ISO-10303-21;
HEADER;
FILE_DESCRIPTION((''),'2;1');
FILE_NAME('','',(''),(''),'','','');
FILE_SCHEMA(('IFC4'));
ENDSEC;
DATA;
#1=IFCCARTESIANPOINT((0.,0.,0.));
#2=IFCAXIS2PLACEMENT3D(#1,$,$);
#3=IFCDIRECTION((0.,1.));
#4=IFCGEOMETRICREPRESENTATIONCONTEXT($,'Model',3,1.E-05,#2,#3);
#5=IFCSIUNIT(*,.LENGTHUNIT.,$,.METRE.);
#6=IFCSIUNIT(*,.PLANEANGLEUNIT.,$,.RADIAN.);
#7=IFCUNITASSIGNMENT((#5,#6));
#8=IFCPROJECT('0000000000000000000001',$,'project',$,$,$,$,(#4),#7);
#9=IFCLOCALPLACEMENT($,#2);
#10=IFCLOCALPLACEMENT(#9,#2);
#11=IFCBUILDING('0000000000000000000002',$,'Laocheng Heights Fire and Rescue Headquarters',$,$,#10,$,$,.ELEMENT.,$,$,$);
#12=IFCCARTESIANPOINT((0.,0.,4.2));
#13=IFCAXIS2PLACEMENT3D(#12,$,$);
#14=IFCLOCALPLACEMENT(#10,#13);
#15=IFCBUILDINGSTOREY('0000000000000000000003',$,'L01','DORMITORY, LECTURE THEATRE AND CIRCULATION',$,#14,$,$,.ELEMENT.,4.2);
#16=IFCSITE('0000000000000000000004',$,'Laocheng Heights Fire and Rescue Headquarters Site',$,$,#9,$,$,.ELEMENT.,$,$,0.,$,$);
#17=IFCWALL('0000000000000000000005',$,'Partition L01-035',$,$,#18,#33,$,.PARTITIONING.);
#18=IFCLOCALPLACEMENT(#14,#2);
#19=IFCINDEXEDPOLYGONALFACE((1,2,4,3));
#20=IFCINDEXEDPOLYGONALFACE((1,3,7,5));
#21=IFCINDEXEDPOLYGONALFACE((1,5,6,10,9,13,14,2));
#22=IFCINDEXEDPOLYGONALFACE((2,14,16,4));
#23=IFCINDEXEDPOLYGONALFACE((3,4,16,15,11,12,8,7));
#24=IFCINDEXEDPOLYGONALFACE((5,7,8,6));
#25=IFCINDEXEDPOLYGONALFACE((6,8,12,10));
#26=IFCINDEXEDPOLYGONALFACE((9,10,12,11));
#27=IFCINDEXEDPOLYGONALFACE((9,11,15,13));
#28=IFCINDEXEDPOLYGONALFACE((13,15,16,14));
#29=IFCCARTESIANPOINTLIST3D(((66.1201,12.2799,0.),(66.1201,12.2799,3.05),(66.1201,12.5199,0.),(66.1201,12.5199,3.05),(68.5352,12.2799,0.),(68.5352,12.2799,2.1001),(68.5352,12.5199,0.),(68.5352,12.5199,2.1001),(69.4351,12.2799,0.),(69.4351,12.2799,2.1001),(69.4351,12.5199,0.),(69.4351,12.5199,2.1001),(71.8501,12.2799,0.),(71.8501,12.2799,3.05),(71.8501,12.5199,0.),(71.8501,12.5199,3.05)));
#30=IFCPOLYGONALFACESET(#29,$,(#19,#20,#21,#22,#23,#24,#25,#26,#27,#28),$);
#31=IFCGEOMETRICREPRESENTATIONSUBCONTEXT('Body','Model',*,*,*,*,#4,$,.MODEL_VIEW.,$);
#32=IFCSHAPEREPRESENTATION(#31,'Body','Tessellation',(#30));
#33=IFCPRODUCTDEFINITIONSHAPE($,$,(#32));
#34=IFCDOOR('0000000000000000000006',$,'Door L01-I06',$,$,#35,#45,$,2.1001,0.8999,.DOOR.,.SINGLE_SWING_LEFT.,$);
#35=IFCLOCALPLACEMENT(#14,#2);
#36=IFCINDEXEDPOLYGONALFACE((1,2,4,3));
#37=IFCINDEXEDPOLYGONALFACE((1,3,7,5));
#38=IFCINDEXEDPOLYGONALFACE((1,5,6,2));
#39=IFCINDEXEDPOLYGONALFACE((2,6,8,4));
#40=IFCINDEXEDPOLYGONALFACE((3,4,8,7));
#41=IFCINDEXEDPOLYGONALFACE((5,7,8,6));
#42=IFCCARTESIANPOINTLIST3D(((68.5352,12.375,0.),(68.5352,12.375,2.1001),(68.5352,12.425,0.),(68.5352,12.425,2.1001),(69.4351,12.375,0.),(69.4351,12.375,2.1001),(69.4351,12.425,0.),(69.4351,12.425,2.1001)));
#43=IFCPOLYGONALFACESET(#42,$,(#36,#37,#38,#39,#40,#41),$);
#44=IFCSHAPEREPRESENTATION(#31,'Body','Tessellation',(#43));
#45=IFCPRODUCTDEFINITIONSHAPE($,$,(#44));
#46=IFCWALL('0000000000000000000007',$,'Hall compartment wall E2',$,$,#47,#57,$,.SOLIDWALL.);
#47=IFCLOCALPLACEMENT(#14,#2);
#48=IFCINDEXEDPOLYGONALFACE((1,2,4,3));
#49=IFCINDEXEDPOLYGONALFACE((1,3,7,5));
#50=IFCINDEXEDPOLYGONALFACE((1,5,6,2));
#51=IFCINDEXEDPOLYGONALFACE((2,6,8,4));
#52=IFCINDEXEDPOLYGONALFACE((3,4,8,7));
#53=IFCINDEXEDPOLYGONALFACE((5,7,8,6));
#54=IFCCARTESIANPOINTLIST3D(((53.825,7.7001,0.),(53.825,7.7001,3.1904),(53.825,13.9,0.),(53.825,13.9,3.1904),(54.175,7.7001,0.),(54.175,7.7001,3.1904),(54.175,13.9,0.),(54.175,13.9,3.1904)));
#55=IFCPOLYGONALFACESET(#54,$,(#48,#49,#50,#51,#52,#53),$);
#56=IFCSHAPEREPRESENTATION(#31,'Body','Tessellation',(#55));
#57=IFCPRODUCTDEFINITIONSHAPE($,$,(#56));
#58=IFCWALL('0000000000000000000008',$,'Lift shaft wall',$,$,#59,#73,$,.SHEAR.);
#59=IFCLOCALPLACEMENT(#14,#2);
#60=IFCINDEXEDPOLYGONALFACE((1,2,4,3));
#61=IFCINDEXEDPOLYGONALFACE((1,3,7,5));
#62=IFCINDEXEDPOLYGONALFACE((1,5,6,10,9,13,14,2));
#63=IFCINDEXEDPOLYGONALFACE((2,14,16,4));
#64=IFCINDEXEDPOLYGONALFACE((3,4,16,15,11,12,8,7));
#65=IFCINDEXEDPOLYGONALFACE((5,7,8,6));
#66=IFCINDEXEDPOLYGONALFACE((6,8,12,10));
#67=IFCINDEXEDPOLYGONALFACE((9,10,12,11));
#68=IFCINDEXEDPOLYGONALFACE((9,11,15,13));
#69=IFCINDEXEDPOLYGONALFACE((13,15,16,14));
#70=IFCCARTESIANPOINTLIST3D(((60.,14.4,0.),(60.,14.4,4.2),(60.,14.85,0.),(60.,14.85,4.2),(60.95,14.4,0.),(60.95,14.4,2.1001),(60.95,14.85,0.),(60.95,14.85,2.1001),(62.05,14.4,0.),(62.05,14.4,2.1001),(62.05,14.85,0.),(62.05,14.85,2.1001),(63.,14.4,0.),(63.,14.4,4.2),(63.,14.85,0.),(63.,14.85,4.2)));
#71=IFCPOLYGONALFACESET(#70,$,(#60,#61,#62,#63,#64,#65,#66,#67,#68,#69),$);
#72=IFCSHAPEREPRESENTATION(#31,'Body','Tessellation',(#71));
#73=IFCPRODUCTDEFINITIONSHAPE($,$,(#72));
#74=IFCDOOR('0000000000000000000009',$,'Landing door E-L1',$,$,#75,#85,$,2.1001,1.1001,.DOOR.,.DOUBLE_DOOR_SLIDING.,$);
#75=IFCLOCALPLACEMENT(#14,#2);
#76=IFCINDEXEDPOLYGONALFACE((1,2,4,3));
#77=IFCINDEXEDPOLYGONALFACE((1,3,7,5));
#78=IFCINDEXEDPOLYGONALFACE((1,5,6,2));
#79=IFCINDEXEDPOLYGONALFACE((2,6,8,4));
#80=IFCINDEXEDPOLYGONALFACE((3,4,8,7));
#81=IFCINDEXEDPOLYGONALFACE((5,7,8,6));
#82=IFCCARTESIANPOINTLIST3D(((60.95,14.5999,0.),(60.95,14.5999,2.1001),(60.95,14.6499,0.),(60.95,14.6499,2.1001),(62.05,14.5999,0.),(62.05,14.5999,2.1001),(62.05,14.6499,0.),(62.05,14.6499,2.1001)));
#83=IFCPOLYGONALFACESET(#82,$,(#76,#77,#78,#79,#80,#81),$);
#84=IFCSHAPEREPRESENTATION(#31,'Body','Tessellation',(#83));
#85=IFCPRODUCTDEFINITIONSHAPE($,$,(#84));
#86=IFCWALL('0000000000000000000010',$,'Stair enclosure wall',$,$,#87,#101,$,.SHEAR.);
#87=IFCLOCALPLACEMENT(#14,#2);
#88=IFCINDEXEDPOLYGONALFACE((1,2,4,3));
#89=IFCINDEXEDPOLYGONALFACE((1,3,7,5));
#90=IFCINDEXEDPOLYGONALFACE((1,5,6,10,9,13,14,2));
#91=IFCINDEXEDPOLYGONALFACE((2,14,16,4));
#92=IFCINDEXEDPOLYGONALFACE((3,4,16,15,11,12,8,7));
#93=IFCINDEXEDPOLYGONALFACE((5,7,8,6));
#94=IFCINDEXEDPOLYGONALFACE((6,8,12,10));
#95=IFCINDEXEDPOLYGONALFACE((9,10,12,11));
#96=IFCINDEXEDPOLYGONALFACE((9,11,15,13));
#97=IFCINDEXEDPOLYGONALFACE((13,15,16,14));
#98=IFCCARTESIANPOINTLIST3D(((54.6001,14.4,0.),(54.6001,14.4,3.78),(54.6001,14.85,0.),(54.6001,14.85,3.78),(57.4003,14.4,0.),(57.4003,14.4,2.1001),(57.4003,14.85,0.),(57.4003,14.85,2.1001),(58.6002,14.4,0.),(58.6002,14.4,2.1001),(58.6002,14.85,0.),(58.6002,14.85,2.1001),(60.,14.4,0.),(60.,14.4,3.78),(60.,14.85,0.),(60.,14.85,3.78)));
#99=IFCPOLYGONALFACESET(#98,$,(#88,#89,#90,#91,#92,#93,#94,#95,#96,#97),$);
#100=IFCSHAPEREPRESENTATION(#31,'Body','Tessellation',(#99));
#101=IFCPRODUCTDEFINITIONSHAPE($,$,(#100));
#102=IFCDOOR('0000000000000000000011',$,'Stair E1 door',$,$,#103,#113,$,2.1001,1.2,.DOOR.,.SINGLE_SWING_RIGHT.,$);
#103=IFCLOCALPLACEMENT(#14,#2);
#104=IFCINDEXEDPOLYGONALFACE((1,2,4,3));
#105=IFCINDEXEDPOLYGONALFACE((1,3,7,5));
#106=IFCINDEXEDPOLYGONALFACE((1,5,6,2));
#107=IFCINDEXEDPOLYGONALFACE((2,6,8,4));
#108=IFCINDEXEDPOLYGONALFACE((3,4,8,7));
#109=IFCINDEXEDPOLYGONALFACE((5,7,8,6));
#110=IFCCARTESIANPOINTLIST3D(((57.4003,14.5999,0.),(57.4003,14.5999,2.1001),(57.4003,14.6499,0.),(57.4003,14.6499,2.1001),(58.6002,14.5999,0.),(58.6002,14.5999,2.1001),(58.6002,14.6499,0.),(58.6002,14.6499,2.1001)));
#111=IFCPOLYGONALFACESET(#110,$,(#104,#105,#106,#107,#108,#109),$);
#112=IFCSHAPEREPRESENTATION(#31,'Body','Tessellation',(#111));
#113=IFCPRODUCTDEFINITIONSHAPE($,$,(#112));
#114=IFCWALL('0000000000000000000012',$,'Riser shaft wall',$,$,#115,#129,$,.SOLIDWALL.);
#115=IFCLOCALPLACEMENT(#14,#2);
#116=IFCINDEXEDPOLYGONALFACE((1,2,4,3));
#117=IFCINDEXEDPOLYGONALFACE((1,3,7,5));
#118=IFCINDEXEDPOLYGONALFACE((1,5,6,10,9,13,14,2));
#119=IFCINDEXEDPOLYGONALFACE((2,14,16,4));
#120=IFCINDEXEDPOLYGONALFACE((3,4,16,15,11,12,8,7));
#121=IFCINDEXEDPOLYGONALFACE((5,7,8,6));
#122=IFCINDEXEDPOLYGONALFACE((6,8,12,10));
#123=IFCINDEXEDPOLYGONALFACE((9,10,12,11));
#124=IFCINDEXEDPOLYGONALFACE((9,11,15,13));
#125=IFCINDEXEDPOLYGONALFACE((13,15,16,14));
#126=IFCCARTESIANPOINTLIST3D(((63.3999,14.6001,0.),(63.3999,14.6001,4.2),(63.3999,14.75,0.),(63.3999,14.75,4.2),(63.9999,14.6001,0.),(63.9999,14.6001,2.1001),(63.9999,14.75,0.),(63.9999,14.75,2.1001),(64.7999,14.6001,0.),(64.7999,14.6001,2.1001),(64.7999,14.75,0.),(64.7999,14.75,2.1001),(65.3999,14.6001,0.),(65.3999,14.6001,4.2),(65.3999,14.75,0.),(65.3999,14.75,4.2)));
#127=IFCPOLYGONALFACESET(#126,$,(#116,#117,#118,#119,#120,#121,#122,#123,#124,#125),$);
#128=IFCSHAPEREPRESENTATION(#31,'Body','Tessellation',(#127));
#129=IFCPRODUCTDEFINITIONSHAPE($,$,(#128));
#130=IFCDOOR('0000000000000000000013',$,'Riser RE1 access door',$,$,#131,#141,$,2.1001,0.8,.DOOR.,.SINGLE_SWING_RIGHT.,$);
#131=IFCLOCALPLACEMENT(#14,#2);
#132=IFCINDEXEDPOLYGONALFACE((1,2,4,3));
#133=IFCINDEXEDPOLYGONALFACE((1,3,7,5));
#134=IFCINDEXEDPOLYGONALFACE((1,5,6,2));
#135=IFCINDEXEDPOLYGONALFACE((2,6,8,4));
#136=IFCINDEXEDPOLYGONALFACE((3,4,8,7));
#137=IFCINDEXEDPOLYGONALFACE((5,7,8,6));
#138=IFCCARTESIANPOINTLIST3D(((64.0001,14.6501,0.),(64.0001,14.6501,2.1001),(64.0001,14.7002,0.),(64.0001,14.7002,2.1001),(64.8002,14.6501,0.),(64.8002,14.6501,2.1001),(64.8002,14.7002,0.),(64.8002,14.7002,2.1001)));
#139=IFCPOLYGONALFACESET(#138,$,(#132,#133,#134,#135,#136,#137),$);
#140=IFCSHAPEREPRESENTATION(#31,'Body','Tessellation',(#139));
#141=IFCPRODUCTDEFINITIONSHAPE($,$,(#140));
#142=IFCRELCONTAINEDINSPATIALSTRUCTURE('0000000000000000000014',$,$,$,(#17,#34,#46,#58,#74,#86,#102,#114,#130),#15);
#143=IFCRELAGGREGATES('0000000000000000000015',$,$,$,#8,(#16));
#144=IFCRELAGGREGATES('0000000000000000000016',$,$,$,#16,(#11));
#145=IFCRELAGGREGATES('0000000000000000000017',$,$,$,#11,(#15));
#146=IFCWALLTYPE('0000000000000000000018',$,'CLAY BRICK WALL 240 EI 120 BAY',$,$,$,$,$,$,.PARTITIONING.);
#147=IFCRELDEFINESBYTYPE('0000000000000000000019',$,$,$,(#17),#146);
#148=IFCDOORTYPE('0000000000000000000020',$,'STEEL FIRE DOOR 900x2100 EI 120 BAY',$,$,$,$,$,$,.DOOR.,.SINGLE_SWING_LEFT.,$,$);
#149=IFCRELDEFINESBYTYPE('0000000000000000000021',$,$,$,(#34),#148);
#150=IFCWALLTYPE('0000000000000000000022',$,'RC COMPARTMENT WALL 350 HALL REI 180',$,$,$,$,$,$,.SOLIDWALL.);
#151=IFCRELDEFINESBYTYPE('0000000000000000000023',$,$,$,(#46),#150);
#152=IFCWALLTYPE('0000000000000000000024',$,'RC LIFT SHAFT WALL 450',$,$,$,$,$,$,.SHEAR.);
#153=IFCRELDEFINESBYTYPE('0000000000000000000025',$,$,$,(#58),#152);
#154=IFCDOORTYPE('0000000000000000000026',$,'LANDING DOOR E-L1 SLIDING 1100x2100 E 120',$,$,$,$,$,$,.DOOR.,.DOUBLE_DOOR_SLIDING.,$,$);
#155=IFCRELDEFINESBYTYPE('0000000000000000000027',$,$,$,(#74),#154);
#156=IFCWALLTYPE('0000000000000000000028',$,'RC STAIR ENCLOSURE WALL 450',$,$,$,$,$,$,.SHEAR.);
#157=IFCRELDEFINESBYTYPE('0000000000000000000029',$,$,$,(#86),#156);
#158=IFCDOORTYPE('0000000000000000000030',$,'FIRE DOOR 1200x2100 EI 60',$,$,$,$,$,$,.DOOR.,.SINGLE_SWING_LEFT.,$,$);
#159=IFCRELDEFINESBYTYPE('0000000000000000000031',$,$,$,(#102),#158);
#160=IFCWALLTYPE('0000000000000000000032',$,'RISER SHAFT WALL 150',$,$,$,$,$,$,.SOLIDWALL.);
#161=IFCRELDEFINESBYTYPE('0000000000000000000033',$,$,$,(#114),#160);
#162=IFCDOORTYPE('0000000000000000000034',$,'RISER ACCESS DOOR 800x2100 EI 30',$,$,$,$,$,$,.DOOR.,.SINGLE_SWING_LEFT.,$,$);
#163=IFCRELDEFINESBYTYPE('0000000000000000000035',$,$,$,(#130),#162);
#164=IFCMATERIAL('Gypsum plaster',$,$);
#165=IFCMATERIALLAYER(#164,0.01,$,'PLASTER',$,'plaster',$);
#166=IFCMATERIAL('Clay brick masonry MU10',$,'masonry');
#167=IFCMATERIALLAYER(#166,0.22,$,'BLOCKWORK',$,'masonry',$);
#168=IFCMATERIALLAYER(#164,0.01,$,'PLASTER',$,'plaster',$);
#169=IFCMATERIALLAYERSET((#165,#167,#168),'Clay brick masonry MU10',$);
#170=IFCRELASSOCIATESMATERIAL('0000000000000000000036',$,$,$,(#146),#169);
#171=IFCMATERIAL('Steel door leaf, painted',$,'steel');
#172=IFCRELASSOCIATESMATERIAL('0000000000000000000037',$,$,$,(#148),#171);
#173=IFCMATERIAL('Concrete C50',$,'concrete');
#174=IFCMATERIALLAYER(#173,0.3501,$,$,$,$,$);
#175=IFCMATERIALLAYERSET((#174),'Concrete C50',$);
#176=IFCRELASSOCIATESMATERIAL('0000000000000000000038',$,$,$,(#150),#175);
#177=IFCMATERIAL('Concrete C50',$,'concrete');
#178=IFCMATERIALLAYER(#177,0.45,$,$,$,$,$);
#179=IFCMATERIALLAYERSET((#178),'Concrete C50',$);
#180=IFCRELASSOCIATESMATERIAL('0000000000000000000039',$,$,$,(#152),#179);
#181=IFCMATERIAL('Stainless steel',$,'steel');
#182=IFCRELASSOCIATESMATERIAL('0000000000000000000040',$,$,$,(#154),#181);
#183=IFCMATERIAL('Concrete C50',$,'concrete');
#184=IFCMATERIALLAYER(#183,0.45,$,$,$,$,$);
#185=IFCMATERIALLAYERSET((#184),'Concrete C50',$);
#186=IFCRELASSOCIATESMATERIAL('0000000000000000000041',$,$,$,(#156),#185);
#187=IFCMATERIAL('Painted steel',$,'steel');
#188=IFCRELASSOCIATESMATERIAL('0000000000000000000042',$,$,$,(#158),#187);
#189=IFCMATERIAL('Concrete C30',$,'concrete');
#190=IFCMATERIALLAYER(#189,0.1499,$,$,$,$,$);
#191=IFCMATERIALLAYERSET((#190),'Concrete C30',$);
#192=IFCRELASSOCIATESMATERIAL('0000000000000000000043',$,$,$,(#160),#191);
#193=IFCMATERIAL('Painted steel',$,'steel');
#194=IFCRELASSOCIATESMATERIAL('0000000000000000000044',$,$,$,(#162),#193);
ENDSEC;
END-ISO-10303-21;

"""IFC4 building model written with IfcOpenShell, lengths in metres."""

from ifc_helpers import new_model, si_unit, direction, frame, frame_2d, origin, place, context, subcontext, project, spatial, rectangle, extrude, material, layer, layer_set, type_object, element, fill, save


model = new_model("IFC4")

# Units and contexts
model_context = context("Model", 3, precision=1e-05, world=origin(), true_north=direction((0.0, 1.0)))
body_context = subcontext(model_context, "Body", "Model", "MODEL_VIEW")
ifc_project = project(units=[si_unit("LENGTHUNIT", "METRE"), si_unit("PLANEANGLEUNIT", "RADIAN")], contexts=[model_context])

# Site, building, storey
site_placement = place(None, origin())
site = spatial("IfcSite", under=ifc_project, at=site_placement, Name="Laocheng Heights Fire and Rescue Headquarters Site", CompositionType="ELEMENT", RefElevation=0.0)
building_placement = place(site_placement, origin())
building = spatial("IfcBuilding", under=site, at=building_placement, Name="Laocheng Heights Fire and Rescue Headquarters", CompositionType="ELEMENT")
storey_placement = place(building_placement, frame((0.0, 0.0, 4.2)))
storey = spatial("IfcBuildingStorey", under=building, at=storey_placement, Name="L01", Description="DORMITORY, LECTURE THEATRE AND CIRCULATION", CompositionType="ELEMENT", Elevation=4.2)

# Wall, opening, door
ifc_material_1 = material(Name="Gypsum plaster")
ifc_layer_1 = layer(ifc_material_1, 0.01, Name="PLASTER", Category="plaster")
ifc_material_2 = material(Name="Clay brick masonry MU10", Category="masonry")
ifc_layer_2 = layer(ifc_material_2, 0.22, Name="BLOCKWORK", Category="masonry")
ifc_layer_3 = layer(ifc_material_1, 0.01, Name="PLASTER", Category="plaster")
ifc_layer_set_1 = layer_set([ifc_layer_1, ifc_layer_2, ifc_layer_3], Name="Clay brick masonry MU10")
wall_type_1 = type_object("IfcWallType", Name="CLAY BRICK WALL 240 EI 120 BAY", PredefinedType="PARTITIONING", material=ifc_layer_set_1)
wall_1_placement = place(storey_placement, frame((66.1201, 12.3999, 0.0), z_axis=(0.0, 0.0, 1.0), x_axis=(1.0, 0.0, 0.0)))
wall_1 = element("IfcWall", 1, at=wall_1_placement, inside=storey, type_object=wall_type_1, Name="Partition L01-035", PredefinedType="PARTITIONING", context=body_context, shape_type="SweptSolid", body=[
    extrude(rectangle(XDim=5.73, YDim=0.24, at=frame_2d((2.865, 0.0))), origin(), (0.0, 0.0, 1.0), 3.05),
])
opening_1_placement = place(wall_1_placement, frame((2.415, 0.0, 0.0)))
opening_1 = element("IfcOpeningElement", 2, at=opening_1_placement, cuts=wall_1, PredefinedType="OPENING", context=body_context, shape_type="SweptSolid", body=[
    extrude(rectangle(XDim=0.8999, YDim=2.1001, at=frame_2d((0.45, 1.05))), frame((0.0, 0.1299, 0.0), z_axis=(0.0, -1.0, 0.0), x_axis=(1.0, 0.0, 0.0)), (0.0, 0.0, 1.0), 0.26),
])
ifc_material_3 = material(Name="Steel door leaf, painted", Category="steel")
door_type_1 = type_object("IfcDoorType", Name="STEEL FIRE DOOR 900x2100 EI 120 BAY", OperationType="SINGLE_SWING_LEFT", PredefinedType="DOOR", material=ifc_material_3)
door_1_placement = place(opening_1_placement, frame((0.8999, 0.0, 0.0), z_axis=(0.0, 0.0, 1.0), x_axis=(-1.0, 0.0, 0.0)))
door_1 = element("IfcDoor", 3, at=door_1_placement, inside=storey, type_object=door_type_1, Name="Door L01-I06", OperationType="SINGLE_SWING_LEFT", OverallHeight=2.1001, OverallWidth=0.8999, PredefinedType="DOOR", context=body_context, shape_type="SweptSolid", body=[
    extrude(rectangle(XDim=0.8999, YDim=2.1001, at=frame_2d((0.45, 1.05))), frame((0.0, 0.0249, 0.0), z_axis=(0.0, -1.0, 0.0), x_axis=(1.0, 0.0, 0.0)), (0.0, 0.0, 1.0), 0.05),
])
fill(opening_1, door_1)

# Wall
ifc_material_4 = material(Name="Concrete C50", Category="concrete")
ifc_layer_4 = layer(ifc_material_4, 0.3501)
ifc_layer_set_2 = layer_set([ifc_layer_4], Name="Concrete C50")
wall_type_2 = type_object("IfcWallType", Name="RC COMPARTMENT WALL 350 HALL REI 180", PredefinedType="SOLIDWALL", material=ifc_layer_set_2)
wall_2_placement = place(storey_placement, frame((54.0, 7.7, 0.0), z_axis=(0.0, 0.0, 1.0), x_axis=(0.0, 1.0, 0.0)))
element("IfcWall", 4, at=wall_2_placement, inside=storey, type_object=wall_type_2, Name="Hall compartment wall E2", PredefinedType="SOLIDWALL", context=body_context, shape_type="SweptSolid", body=[
    extrude(rectangle(XDim=6.2, YDim=0.3501, at=frame_2d((3.1001, 0.0))), origin(), (0.0, 0.0, 1.0), 3.1904),
])

# Walls, openings, doors
ifc_material_5 = material(Name="Concrete C50", Category="concrete")
ifc_layer_5 = layer(ifc_material_5, 0.45)
ifc_layer_set_3 = layer_set([ifc_layer_5], Name="Concrete C50")
wall_type_3 = type_object("IfcWallType", Name="RC LIFT SHAFT WALL 450", PredefinedType="SHEAR", material=ifc_layer_set_3)
wall_3_placement = place(storey_placement, frame((60.0, 14.625, 0.0), z_axis=(0.0, 0.0, 1.0), x_axis=(1.0, 0.0, 0.0)))
wall_3 = element("IfcWall", 5, at=wall_3_placement, inside=storey, type_object=wall_type_3, Name="Lift shaft wall", PredefinedType="SHEAR", context=body_context, shape_type="SweptSolid", body=[
    extrude(rectangle(XDim=3.0, YDim=0.45, at=frame_2d((1.5, 0.0))), origin(), (0.0, 0.0, 1.0), 4.2),
])
opening_2_placement = place(wall_3_placement, frame((0.95, 0.0, 0.0)))
opening_2 = element("IfcOpeningElement", 6, at=opening_2_placement, cuts=wall_3, PredefinedType="OPENING", context=body_context, shape_type="SweptSolid", body=[
    extrude(rectangle(XDim=1.1001, YDim=2.1001, at=frame_2d((0.55, 1.05))), frame((0.0, 0.2349, 0.0), z_axis=(0.0, -1.0, 0.0), x_axis=(1.0, 0.0, 0.0)), (0.0, 0.0, 1.0), 0.47),
])
ifc_material_6 = material(Name="Stainless steel", Category="steel")
door_type_2 = type_object("IfcDoorType", Name="LANDING DOOR E-L1 SLIDING 1100x2100 E 120", OperationType="DOUBLE_DOOR_SLIDING", PredefinedType="DOOR", material=ifc_material_6)
door_2_placement = place(opening_2_placement, origin())
door_2 = element("IfcDoor", 7, at=door_2_placement, inside=storey, type_object=door_type_2, Name="Landing door E-L1", OperationType="DOUBLE_DOOR_SLIDING", OverallHeight=2.1001, OverallWidth=1.1001, PredefinedType="DOOR", context=body_context, shape_type="SweptSolid", body=[
    extrude(rectangle(XDim=1.1001, YDim=2.1001, at=frame_2d((0.55, 1.05))), frame((0.0, 0.0249, 0.0), z_axis=(0.0, -1.0, 0.0), x_axis=(1.0, 0.0, 0.0)), (0.0, 0.0, 1.0), 0.05),
])
fill(opening_2, door_2)
ifc_material_7 = material(Name="Concrete C50", Category="concrete")
ifc_layer_6 = layer(ifc_material_7, 0.45)
ifc_layer_set_4 = layer_set([ifc_layer_6], Name="Concrete C50")
wall_type_4 = type_object("IfcWallType", Name="RC STAIR ENCLOSURE WALL 450", PredefinedType="SHEAR", material=ifc_layer_set_4)
wall_4_placement = place(storey_placement, frame((54.6001, 14.625, 0.0), z_axis=(0.0, 0.0, 1.0), x_axis=(1.0, 0.0, 0.0)))
wall_4 = element("IfcWall", 8, at=wall_4_placement, inside=storey, type_object=wall_type_4, Name="Stair enclosure wall", PredefinedType="SHEAR", context=body_context, shape_type="SweptSolid", body=[
    extrude(rectangle(XDim=5.3999, YDim=0.45, at=frame_2d((2.7, 0.0))), origin(), (0.0, 0.0, 1.0), 3.78),
])
opening_3_placement = place(wall_4_placement, frame((2.8, 0.0, 0.0)))
opening_3 = element("IfcOpeningElement", 9, at=opening_3_placement, cuts=wall_4, PredefinedType="OPENING", context=body_context, shape_type="SweptSolid", body=[
    extrude(rectangle(XDim=1.2, YDim=2.1001, at=frame_2d((0.6001, 1.05))), frame((0.0, 0.2349, 0.0), z_axis=(0.0, -1.0, 0.0), x_axis=(1.0, 0.0, 0.0)), (0.0, 0.0, 1.0), 0.47),
])
ifc_material_8 = material(Name="Painted steel", Category="steel")
door_type_3 = type_object("IfcDoorType", Name="FIRE DOOR 1200x2100 EI 60", OperationType="SINGLE_SWING_LEFT", PredefinedType="DOOR", material=ifc_material_8)
door_3_placement = place(opening_3_placement, origin())
door_3 = element("IfcDoor", 10, at=door_3_placement, inside=storey, type_object=door_type_3, Name="Stair E1 door", OperationType="SINGLE_SWING_RIGHT", OverallHeight=2.1001, OverallWidth=1.2, PredefinedType="DOOR", context=body_context, shape_type="SweptSolid", body=[
    extrude(rectangle(XDim=1.2, YDim=2.1001, at=frame_2d((0.6001, 1.05))), frame((0.0, 0.0249, 0.0), z_axis=(0.0, -1.0, 0.0), x_axis=(1.0, 0.0, 0.0)), (0.0, 0.0, 1.0), 0.05),
])
fill(opening_3, door_3)
ifc_material_9 = material(Name="Concrete C30", Category="concrete")
ifc_layer_7 = layer(ifc_material_9, 0.1499)
ifc_layer_set_5 = layer_set([ifc_layer_7], Name="Concrete C30")
wall_type_5 = type_object("IfcWallType", Name="RISER SHAFT WALL 150", PredefinedType="SOLIDWALL", material=ifc_layer_set_5)
wall_5_placement = place(storey_placement, frame((63.3999, 14.675, 0.0), z_axis=(0.0, 0.0, 1.0), x_axis=(1.0, 0.0, 0.0)))
wall_5 = element("IfcWall", 11, at=wall_5_placement, inside=storey, type_object=wall_type_5, Name="Riser shaft wall", PredefinedType="SOLIDWALL", context=body_context, shape_type="SweptSolid", body=[
    extrude(rectangle(XDim=2.0, YDim=0.1499, at=frame_2d((1.0, 0.0))), origin(), (0.0, 0.0, 1.0), 4.2),
])
opening_4_placement = place(wall_5_placement, frame((0.6001, 0.0, 0.0)))
opening_4 = element("IfcOpeningElement", 12, at=opening_4_placement, cuts=wall_5, PredefinedType="OPENING", context=body_context, shape_type="SweptSolid", body=[
    extrude(rectangle(XDim=0.8, YDim=2.1001, at=frame_2d((0.3999, 1.05))), frame((0.0, 0.085, 0.0), z_axis=(0.0, -1.0, 0.0), x_axis=(1.0, 0.0, 0.0)), (0.0, 0.0, 1.0), 0.1699),
])
ifc_material_10 = material(Name="Painted steel", Category="steel")
door_type_4 = type_object("IfcDoorType", Name="RISER ACCESS DOOR 800x2100 EI 30", OperationType="SINGLE_SWING_LEFT", PredefinedType="DOOR", material=ifc_material_10)
door_4_placement = place(opening_4_placement, frame((0.8, 0.0, 0.0), z_axis=(0.0, 0.0, 1.0), x_axis=(-1.0, 0.0, 0.0)))
door_4 = element("IfcDoor", 13, at=door_4_placement, inside=storey, type_object=door_type_4, Name="Riser RE1 access door", OperationType="SINGLE_SWING_RIGHT", OverallHeight=2.1001, OverallWidth=0.8, PredefinedType="DOOR", context=body_context, shape_type="SweptSolid", body=[
    extrude(rectangle(XDim=0.8, YDim=2.1001, at=frame_2d((0.3999, 1.05))), frame((0.0, 0.0249, 0.0), z_axis=(0.0, -1.0, 0.0), x_axis=(1.0, 0.0, 0.0)), (0.0, 0.0, 1.0), 0.05),
])
fill(opening_4, door_4)

save(model, "model.ifc")
